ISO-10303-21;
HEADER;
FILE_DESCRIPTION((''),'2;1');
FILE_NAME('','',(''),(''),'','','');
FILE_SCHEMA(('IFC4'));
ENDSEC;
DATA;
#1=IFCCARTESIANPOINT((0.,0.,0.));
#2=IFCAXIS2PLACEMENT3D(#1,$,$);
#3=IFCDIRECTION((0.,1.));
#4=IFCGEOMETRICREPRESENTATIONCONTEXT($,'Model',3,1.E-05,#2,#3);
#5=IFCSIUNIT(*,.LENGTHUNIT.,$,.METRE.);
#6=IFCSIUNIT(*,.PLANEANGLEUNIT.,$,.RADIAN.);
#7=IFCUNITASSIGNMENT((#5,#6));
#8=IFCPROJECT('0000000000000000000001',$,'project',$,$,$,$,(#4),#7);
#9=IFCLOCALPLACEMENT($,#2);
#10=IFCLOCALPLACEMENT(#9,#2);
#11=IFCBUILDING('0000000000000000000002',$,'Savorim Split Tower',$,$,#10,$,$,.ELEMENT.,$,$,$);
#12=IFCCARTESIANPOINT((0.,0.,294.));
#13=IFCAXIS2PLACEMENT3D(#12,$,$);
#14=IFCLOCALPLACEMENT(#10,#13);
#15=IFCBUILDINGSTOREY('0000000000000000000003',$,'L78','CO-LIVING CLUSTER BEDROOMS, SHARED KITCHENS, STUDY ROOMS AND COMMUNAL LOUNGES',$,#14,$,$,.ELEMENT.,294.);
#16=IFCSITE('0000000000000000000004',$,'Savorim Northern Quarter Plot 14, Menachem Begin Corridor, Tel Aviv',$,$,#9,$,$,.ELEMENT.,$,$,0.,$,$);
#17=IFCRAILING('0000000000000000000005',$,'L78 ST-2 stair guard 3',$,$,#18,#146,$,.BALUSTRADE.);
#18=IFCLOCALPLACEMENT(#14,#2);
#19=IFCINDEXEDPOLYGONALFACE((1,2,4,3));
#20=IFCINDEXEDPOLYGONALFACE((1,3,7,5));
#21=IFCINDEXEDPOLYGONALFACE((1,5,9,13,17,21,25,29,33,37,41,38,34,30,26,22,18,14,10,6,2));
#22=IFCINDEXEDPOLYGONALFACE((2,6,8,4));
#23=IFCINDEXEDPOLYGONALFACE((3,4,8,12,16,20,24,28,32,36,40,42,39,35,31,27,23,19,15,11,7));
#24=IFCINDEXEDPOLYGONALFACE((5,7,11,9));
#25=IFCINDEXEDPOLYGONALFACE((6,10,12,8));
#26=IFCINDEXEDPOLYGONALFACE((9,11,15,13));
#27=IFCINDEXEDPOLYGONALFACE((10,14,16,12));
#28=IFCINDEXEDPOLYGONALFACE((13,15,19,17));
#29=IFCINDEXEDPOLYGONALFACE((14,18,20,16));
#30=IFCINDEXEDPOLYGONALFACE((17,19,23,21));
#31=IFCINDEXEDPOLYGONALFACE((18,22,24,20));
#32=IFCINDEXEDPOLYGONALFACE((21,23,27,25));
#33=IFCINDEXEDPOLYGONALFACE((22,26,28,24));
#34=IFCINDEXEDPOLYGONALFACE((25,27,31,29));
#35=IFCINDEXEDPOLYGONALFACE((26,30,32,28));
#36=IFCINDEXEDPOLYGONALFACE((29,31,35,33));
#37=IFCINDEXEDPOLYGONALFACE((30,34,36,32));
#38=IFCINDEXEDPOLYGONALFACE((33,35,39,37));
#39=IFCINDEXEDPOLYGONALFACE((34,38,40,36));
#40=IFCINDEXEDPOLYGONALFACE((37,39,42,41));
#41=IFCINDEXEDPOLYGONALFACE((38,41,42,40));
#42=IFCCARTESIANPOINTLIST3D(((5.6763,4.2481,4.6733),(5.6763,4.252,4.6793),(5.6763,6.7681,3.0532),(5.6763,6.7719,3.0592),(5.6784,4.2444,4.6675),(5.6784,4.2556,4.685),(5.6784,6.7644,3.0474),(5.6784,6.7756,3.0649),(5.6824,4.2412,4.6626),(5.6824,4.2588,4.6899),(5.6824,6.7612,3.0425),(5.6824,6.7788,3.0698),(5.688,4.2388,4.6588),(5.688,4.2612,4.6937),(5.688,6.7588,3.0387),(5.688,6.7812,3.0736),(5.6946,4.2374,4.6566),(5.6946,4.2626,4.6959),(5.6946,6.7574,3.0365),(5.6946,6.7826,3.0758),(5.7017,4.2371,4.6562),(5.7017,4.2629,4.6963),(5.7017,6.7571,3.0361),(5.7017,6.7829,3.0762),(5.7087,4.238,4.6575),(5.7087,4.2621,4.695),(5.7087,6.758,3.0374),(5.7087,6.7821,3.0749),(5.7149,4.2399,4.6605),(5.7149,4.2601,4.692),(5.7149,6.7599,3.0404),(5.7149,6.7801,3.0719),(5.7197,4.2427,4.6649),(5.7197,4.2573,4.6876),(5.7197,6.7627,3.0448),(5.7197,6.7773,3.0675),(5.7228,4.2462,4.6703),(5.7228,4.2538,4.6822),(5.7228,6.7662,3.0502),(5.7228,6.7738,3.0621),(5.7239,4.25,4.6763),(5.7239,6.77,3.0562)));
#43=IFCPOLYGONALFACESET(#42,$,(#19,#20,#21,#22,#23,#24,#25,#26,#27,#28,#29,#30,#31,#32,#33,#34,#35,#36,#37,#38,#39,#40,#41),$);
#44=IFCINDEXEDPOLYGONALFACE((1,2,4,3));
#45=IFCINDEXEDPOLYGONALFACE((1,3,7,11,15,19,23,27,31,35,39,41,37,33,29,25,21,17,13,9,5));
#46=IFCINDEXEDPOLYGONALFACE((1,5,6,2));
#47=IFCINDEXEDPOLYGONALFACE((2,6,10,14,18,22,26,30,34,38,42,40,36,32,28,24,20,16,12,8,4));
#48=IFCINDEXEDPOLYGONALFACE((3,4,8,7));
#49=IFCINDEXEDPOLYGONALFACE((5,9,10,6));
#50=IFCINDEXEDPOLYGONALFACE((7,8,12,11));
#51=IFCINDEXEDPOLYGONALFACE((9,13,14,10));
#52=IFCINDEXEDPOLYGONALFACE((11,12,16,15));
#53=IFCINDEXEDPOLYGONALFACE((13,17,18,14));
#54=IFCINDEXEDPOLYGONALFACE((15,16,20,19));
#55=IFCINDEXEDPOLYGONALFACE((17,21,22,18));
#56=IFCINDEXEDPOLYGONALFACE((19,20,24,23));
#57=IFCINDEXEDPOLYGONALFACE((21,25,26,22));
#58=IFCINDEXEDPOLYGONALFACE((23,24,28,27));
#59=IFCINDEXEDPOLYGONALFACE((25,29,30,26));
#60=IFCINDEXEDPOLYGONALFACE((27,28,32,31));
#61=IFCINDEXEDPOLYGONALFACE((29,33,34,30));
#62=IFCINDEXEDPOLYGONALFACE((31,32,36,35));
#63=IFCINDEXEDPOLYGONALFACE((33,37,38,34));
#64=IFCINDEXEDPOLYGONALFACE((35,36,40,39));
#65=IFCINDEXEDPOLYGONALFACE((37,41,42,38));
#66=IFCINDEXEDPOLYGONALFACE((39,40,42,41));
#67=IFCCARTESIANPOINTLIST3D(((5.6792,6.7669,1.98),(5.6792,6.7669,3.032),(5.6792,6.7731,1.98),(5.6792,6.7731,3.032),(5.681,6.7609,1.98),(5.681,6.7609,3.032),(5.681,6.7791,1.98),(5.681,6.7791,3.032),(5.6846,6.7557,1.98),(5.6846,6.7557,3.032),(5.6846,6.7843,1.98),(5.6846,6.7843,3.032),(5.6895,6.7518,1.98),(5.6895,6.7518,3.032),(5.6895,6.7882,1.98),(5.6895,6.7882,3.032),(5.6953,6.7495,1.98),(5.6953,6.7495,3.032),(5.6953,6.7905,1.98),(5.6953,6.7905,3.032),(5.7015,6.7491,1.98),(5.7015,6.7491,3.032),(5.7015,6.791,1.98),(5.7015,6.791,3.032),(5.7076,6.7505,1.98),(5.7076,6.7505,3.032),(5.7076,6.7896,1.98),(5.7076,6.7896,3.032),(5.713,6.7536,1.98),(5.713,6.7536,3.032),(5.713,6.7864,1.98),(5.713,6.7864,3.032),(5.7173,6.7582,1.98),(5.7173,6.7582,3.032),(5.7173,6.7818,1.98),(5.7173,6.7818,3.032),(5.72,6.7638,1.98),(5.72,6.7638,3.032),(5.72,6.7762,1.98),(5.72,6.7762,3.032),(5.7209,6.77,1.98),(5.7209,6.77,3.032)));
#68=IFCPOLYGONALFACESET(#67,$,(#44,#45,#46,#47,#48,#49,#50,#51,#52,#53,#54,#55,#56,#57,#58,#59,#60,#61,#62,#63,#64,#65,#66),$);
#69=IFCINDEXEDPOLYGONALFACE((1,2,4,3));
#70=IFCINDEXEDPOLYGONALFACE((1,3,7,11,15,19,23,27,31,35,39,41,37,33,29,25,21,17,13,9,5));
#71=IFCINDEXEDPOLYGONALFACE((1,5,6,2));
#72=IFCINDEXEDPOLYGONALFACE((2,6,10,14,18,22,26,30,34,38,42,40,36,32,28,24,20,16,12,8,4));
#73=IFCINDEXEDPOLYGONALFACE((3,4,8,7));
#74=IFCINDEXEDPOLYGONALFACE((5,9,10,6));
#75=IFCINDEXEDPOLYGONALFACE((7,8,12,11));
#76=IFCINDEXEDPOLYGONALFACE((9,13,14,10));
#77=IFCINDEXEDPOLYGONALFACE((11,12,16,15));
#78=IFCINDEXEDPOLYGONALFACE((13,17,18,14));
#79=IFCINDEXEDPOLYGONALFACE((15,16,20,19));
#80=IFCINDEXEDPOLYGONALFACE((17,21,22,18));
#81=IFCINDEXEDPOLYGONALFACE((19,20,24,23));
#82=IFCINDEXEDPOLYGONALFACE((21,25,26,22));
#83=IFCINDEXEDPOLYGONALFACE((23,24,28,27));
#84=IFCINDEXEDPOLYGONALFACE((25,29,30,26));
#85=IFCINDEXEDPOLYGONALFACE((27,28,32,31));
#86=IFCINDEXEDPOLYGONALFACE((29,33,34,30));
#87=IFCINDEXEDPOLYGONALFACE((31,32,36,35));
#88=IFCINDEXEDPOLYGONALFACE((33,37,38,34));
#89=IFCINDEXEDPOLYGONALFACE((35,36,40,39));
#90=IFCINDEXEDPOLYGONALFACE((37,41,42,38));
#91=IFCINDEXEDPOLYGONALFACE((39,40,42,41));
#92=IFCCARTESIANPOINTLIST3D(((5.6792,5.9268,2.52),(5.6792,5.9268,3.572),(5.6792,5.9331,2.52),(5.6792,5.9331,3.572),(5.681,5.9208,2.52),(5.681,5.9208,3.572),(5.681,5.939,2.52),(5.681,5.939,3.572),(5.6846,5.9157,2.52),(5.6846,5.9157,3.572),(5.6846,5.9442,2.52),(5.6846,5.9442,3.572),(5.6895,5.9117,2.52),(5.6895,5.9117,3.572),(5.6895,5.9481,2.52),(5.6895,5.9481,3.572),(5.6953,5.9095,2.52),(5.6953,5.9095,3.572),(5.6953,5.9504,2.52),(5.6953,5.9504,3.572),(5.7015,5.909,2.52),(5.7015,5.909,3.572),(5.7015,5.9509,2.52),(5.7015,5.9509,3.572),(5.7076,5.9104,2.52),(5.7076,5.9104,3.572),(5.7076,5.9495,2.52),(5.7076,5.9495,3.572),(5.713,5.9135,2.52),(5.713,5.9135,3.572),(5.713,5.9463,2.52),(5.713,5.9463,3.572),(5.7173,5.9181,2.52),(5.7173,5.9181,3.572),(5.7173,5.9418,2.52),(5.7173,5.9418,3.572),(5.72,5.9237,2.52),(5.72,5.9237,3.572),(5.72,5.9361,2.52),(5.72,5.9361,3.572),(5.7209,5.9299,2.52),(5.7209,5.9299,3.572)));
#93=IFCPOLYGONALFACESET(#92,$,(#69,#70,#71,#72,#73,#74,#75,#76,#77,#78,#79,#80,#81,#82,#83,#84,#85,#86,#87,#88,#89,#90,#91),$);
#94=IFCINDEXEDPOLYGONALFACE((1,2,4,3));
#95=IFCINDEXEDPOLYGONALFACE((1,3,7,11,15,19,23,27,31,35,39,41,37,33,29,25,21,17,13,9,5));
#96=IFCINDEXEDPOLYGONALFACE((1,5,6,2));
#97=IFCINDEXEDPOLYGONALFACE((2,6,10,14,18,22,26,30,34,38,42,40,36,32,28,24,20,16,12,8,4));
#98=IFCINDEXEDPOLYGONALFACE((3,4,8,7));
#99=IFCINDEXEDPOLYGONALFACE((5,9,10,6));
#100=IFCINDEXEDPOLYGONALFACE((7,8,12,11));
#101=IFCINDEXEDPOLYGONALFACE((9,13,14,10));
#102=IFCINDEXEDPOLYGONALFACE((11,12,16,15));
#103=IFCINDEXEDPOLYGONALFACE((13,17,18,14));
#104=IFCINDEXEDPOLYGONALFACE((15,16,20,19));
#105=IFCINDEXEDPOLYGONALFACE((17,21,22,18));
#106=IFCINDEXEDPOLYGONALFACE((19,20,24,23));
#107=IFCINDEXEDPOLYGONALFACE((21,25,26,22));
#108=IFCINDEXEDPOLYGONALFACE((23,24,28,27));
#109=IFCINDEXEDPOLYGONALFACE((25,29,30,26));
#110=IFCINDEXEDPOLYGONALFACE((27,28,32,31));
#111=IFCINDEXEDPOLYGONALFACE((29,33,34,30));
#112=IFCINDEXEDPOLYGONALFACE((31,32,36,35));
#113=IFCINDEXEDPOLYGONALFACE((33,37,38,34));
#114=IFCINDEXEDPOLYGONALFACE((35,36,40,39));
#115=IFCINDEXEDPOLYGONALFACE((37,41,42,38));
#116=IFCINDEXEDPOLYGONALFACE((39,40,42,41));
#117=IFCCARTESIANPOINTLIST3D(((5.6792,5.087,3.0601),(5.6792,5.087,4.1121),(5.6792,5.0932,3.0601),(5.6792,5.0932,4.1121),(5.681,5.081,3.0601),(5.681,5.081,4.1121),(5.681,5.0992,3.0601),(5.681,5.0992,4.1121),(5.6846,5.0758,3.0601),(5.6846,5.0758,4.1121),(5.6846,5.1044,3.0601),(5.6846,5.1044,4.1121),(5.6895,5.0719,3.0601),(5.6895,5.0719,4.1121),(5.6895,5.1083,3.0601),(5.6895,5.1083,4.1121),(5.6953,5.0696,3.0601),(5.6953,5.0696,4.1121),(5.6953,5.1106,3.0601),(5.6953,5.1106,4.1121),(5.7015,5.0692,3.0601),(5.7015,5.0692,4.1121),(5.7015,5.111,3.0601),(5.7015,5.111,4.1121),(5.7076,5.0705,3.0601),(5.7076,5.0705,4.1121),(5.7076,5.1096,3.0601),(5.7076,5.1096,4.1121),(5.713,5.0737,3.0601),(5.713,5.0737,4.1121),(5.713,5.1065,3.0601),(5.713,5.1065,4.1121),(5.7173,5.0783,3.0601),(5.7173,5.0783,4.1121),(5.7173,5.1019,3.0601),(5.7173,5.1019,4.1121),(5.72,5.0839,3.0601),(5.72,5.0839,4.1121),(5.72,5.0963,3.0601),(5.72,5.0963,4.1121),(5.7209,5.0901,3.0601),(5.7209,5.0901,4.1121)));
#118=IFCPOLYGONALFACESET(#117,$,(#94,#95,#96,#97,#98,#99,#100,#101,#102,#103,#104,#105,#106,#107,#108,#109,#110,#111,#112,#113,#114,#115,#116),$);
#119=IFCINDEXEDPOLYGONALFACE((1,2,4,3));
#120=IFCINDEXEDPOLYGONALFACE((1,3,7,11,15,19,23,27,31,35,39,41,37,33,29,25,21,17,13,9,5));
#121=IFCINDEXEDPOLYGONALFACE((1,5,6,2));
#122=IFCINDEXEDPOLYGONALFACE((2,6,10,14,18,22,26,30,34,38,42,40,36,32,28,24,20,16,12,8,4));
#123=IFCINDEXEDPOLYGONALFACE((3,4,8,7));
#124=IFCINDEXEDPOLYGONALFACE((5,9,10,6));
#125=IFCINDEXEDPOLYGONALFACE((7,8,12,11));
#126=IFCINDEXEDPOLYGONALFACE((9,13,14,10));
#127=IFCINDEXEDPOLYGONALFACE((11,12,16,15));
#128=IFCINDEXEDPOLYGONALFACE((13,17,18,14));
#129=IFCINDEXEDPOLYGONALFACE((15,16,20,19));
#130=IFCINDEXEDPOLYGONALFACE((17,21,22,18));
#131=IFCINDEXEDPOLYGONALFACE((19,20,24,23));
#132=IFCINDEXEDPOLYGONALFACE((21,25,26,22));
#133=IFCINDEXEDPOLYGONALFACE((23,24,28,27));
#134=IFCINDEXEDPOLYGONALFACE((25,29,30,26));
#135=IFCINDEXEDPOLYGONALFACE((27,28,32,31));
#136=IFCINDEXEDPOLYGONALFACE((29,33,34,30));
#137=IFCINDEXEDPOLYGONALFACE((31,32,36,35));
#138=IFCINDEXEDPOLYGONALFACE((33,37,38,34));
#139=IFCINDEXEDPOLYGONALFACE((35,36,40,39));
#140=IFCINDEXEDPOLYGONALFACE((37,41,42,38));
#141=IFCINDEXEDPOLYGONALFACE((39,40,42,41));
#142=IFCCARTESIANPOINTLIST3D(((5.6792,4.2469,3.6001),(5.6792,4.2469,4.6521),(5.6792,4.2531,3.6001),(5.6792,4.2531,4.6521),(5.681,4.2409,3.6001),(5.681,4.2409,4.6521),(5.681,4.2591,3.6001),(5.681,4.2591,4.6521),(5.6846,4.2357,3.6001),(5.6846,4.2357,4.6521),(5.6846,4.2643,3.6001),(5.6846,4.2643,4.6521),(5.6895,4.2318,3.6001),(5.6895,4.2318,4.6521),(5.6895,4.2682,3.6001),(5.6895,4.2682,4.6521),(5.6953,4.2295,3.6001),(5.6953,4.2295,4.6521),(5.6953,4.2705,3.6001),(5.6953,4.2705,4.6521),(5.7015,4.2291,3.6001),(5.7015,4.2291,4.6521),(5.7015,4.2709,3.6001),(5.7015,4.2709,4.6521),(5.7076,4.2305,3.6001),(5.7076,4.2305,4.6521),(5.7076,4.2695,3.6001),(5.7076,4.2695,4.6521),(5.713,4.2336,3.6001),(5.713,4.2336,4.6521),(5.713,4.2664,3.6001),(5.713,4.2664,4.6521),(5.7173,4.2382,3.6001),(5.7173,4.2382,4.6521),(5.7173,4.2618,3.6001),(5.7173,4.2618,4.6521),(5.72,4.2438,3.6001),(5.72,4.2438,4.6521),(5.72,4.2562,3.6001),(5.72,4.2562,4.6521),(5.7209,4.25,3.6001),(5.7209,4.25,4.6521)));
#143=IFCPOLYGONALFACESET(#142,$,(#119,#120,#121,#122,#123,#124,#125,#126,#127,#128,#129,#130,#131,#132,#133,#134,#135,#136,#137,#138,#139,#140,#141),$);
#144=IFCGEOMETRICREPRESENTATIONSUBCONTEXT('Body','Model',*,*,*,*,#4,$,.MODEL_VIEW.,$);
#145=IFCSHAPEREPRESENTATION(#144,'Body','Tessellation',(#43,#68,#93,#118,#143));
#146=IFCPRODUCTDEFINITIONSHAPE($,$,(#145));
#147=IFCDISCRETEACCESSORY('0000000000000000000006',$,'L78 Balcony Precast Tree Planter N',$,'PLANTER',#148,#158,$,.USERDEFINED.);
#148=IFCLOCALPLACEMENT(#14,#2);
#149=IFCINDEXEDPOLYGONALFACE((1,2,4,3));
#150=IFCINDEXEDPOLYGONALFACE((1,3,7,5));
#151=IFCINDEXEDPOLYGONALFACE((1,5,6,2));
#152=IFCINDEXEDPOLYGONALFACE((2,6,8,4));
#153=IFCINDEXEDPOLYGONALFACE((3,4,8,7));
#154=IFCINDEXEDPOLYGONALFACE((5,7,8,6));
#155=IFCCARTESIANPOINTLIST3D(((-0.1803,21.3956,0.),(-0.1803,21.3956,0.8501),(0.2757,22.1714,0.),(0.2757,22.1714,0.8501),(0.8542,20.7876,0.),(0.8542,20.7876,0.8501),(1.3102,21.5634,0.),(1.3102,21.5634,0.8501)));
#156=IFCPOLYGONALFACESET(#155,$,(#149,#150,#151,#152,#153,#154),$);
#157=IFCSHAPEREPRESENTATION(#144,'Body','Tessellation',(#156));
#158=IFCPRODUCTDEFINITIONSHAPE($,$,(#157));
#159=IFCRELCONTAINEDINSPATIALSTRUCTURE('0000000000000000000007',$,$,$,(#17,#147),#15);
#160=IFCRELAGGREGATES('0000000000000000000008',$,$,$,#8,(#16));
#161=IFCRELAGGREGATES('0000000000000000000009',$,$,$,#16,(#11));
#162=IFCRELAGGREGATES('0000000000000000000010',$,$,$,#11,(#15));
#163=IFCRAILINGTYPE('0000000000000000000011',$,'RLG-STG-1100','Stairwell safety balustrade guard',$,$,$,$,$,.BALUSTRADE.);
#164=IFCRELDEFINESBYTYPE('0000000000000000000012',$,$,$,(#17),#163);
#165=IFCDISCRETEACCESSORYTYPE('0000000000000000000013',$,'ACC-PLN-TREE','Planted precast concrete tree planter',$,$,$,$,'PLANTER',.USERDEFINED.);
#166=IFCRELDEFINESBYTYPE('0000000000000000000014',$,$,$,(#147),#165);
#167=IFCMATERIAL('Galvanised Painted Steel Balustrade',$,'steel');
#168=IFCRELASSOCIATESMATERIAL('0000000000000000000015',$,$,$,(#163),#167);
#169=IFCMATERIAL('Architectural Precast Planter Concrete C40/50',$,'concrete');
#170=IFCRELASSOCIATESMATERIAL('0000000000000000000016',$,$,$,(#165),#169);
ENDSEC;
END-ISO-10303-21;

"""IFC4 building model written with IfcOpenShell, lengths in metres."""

from ifc_helpers import new_model, si_unit, direction, frame, origin, origin_2d, place, context, subcontext, project, spatial, rectangle, circle, extrude, material, type_object, element, save


model = new_model("IFC4")

# Units and contexts
model_context = context("Model", 3, precision=1e-05, world=origin(), true_north=direction((0.0, 1.0)))
body_context = subcontext(model_context, "Body", "Model", "MODEL_VIEW")
ifc_project = project(units=[si_unit("LENGTHUNIT", "METRE"), si_unit("PLANEANGLEUNIT", "RADIAN")], contexts=[model_context])

# Site, building, storey
site_placement = place(None, origin())
site = spatial("IfcSite", under=ifc_project, at=site_placement, Name="Savorim Northern Quarter Plot 14, Menachem Begin Corridor, Tel Aviv", CompositionType="ELEMENT", RefElevation=0.0)
building_placement = place(site_placement, origin())
building = spatial("IfcBuilding", under=site, at=building_placement, Name="Savorim Split Tower", CompositionType="ELEMENT")
storey_placement = place(building_placement, frame((0.0, 0.0, 294.0)))
storey = spatial("IfcBuildingStorey", under=building, at=storey_placement, Name="L78", Description="CO-LIVING CLUSTER BEDROOMS, SHARED KITCHENS, STUDY ROOMS AND COMMUNAL LOUNGES", CompositionType="ELEMENT", Elevation=294.0)

# Railing
ifc_material_1 = material(Name="Galvanised Painted Steel Balustrade", Category="steel")
railing_type_1 = type_object("IfcRailingType", Name="RLG-STG-1100", Description="Stairwell safety balustrade guard", PredefinedType="BALUSTRADE", material=ifc_material_1)
railing_1_placement = place(storey_placement, frame((5.7, 6.77, 1.98)))
element("IfcRailing", 1, at=railing_1_placement, inside=storey, type_object=railing_type_1, Name="L78 ST-2 stair guard 3", PredefinedType="BALUSTRADE", context=body_context, shape_type="SweptSolid", body=[
    extrude(circle(Radius=0.0239, at=origin_2d()), frame((0.0, 0.0, 1.0762), z_axis=(0.0, -0.841163, 0.540782), x_axis=(1.0, 0.0, 0.0)), (0.0, 0.0, 1.0), 2.9958),
    extrude(circle(Radius=0.021, at=origin_2d()), origin(), (0.0, 0.0, 1.0), 1.052),
    extrude(circle(Radius=0.021, at=origin_2d()), frame((0.0, -0.8401, 0.54)), (0.0, 0.0, 1.0), 1.052),
    extrude(circle(Radius=0.021, at=origin_2d()), frame((0.0, -1.6799, 1.0801)), (0.0, 0.0, 1.0), 1.052),
    extrude(circle(Radius=0.021, at=origin_2d()), frame((0.0, -2.52, 1.6201)), (0.0, 0.0, 1.0), 1.052),
])

# Discrete accessory
ifc_material_2 = material(Name="Architectural Precast Planter Concrete C40/50", Category="concrete")
discrete_accessory_type = type_object("IfcDiscreteAccessoryType", Name="ACC-PLN-TREE", Description="Planted precast concrete tree planter", ElementType="PLANTER", PredefinedType="USERDEFINED", material=ifc_material_2)
discrete_accessory_placement = place(storey_placement, frame((0.5649, 21.4795, 0.0), z_axis=(0.0, 0.0, 1.0), x_axis=(-0.862125, 0.506696, 0.0)))
element("IfcDiscreteAccessory", 2, at=discrete_accessory_placement, inside=storey, type_object=discrete_accessory_type, Name="L78 Balcony Precast Tree Planter N", ObjectType="PLANTER", PredefinedType="USERDEFINED", context=body_context, shape_type="SweptSolid", body=[
    extrude(rectangle(XDim=1.2, YDim=0.8999, at=origin_2d()), origin(), (0.0, 0.0, 1.0), 0.8501),
])

save(model, "model.ifc")
